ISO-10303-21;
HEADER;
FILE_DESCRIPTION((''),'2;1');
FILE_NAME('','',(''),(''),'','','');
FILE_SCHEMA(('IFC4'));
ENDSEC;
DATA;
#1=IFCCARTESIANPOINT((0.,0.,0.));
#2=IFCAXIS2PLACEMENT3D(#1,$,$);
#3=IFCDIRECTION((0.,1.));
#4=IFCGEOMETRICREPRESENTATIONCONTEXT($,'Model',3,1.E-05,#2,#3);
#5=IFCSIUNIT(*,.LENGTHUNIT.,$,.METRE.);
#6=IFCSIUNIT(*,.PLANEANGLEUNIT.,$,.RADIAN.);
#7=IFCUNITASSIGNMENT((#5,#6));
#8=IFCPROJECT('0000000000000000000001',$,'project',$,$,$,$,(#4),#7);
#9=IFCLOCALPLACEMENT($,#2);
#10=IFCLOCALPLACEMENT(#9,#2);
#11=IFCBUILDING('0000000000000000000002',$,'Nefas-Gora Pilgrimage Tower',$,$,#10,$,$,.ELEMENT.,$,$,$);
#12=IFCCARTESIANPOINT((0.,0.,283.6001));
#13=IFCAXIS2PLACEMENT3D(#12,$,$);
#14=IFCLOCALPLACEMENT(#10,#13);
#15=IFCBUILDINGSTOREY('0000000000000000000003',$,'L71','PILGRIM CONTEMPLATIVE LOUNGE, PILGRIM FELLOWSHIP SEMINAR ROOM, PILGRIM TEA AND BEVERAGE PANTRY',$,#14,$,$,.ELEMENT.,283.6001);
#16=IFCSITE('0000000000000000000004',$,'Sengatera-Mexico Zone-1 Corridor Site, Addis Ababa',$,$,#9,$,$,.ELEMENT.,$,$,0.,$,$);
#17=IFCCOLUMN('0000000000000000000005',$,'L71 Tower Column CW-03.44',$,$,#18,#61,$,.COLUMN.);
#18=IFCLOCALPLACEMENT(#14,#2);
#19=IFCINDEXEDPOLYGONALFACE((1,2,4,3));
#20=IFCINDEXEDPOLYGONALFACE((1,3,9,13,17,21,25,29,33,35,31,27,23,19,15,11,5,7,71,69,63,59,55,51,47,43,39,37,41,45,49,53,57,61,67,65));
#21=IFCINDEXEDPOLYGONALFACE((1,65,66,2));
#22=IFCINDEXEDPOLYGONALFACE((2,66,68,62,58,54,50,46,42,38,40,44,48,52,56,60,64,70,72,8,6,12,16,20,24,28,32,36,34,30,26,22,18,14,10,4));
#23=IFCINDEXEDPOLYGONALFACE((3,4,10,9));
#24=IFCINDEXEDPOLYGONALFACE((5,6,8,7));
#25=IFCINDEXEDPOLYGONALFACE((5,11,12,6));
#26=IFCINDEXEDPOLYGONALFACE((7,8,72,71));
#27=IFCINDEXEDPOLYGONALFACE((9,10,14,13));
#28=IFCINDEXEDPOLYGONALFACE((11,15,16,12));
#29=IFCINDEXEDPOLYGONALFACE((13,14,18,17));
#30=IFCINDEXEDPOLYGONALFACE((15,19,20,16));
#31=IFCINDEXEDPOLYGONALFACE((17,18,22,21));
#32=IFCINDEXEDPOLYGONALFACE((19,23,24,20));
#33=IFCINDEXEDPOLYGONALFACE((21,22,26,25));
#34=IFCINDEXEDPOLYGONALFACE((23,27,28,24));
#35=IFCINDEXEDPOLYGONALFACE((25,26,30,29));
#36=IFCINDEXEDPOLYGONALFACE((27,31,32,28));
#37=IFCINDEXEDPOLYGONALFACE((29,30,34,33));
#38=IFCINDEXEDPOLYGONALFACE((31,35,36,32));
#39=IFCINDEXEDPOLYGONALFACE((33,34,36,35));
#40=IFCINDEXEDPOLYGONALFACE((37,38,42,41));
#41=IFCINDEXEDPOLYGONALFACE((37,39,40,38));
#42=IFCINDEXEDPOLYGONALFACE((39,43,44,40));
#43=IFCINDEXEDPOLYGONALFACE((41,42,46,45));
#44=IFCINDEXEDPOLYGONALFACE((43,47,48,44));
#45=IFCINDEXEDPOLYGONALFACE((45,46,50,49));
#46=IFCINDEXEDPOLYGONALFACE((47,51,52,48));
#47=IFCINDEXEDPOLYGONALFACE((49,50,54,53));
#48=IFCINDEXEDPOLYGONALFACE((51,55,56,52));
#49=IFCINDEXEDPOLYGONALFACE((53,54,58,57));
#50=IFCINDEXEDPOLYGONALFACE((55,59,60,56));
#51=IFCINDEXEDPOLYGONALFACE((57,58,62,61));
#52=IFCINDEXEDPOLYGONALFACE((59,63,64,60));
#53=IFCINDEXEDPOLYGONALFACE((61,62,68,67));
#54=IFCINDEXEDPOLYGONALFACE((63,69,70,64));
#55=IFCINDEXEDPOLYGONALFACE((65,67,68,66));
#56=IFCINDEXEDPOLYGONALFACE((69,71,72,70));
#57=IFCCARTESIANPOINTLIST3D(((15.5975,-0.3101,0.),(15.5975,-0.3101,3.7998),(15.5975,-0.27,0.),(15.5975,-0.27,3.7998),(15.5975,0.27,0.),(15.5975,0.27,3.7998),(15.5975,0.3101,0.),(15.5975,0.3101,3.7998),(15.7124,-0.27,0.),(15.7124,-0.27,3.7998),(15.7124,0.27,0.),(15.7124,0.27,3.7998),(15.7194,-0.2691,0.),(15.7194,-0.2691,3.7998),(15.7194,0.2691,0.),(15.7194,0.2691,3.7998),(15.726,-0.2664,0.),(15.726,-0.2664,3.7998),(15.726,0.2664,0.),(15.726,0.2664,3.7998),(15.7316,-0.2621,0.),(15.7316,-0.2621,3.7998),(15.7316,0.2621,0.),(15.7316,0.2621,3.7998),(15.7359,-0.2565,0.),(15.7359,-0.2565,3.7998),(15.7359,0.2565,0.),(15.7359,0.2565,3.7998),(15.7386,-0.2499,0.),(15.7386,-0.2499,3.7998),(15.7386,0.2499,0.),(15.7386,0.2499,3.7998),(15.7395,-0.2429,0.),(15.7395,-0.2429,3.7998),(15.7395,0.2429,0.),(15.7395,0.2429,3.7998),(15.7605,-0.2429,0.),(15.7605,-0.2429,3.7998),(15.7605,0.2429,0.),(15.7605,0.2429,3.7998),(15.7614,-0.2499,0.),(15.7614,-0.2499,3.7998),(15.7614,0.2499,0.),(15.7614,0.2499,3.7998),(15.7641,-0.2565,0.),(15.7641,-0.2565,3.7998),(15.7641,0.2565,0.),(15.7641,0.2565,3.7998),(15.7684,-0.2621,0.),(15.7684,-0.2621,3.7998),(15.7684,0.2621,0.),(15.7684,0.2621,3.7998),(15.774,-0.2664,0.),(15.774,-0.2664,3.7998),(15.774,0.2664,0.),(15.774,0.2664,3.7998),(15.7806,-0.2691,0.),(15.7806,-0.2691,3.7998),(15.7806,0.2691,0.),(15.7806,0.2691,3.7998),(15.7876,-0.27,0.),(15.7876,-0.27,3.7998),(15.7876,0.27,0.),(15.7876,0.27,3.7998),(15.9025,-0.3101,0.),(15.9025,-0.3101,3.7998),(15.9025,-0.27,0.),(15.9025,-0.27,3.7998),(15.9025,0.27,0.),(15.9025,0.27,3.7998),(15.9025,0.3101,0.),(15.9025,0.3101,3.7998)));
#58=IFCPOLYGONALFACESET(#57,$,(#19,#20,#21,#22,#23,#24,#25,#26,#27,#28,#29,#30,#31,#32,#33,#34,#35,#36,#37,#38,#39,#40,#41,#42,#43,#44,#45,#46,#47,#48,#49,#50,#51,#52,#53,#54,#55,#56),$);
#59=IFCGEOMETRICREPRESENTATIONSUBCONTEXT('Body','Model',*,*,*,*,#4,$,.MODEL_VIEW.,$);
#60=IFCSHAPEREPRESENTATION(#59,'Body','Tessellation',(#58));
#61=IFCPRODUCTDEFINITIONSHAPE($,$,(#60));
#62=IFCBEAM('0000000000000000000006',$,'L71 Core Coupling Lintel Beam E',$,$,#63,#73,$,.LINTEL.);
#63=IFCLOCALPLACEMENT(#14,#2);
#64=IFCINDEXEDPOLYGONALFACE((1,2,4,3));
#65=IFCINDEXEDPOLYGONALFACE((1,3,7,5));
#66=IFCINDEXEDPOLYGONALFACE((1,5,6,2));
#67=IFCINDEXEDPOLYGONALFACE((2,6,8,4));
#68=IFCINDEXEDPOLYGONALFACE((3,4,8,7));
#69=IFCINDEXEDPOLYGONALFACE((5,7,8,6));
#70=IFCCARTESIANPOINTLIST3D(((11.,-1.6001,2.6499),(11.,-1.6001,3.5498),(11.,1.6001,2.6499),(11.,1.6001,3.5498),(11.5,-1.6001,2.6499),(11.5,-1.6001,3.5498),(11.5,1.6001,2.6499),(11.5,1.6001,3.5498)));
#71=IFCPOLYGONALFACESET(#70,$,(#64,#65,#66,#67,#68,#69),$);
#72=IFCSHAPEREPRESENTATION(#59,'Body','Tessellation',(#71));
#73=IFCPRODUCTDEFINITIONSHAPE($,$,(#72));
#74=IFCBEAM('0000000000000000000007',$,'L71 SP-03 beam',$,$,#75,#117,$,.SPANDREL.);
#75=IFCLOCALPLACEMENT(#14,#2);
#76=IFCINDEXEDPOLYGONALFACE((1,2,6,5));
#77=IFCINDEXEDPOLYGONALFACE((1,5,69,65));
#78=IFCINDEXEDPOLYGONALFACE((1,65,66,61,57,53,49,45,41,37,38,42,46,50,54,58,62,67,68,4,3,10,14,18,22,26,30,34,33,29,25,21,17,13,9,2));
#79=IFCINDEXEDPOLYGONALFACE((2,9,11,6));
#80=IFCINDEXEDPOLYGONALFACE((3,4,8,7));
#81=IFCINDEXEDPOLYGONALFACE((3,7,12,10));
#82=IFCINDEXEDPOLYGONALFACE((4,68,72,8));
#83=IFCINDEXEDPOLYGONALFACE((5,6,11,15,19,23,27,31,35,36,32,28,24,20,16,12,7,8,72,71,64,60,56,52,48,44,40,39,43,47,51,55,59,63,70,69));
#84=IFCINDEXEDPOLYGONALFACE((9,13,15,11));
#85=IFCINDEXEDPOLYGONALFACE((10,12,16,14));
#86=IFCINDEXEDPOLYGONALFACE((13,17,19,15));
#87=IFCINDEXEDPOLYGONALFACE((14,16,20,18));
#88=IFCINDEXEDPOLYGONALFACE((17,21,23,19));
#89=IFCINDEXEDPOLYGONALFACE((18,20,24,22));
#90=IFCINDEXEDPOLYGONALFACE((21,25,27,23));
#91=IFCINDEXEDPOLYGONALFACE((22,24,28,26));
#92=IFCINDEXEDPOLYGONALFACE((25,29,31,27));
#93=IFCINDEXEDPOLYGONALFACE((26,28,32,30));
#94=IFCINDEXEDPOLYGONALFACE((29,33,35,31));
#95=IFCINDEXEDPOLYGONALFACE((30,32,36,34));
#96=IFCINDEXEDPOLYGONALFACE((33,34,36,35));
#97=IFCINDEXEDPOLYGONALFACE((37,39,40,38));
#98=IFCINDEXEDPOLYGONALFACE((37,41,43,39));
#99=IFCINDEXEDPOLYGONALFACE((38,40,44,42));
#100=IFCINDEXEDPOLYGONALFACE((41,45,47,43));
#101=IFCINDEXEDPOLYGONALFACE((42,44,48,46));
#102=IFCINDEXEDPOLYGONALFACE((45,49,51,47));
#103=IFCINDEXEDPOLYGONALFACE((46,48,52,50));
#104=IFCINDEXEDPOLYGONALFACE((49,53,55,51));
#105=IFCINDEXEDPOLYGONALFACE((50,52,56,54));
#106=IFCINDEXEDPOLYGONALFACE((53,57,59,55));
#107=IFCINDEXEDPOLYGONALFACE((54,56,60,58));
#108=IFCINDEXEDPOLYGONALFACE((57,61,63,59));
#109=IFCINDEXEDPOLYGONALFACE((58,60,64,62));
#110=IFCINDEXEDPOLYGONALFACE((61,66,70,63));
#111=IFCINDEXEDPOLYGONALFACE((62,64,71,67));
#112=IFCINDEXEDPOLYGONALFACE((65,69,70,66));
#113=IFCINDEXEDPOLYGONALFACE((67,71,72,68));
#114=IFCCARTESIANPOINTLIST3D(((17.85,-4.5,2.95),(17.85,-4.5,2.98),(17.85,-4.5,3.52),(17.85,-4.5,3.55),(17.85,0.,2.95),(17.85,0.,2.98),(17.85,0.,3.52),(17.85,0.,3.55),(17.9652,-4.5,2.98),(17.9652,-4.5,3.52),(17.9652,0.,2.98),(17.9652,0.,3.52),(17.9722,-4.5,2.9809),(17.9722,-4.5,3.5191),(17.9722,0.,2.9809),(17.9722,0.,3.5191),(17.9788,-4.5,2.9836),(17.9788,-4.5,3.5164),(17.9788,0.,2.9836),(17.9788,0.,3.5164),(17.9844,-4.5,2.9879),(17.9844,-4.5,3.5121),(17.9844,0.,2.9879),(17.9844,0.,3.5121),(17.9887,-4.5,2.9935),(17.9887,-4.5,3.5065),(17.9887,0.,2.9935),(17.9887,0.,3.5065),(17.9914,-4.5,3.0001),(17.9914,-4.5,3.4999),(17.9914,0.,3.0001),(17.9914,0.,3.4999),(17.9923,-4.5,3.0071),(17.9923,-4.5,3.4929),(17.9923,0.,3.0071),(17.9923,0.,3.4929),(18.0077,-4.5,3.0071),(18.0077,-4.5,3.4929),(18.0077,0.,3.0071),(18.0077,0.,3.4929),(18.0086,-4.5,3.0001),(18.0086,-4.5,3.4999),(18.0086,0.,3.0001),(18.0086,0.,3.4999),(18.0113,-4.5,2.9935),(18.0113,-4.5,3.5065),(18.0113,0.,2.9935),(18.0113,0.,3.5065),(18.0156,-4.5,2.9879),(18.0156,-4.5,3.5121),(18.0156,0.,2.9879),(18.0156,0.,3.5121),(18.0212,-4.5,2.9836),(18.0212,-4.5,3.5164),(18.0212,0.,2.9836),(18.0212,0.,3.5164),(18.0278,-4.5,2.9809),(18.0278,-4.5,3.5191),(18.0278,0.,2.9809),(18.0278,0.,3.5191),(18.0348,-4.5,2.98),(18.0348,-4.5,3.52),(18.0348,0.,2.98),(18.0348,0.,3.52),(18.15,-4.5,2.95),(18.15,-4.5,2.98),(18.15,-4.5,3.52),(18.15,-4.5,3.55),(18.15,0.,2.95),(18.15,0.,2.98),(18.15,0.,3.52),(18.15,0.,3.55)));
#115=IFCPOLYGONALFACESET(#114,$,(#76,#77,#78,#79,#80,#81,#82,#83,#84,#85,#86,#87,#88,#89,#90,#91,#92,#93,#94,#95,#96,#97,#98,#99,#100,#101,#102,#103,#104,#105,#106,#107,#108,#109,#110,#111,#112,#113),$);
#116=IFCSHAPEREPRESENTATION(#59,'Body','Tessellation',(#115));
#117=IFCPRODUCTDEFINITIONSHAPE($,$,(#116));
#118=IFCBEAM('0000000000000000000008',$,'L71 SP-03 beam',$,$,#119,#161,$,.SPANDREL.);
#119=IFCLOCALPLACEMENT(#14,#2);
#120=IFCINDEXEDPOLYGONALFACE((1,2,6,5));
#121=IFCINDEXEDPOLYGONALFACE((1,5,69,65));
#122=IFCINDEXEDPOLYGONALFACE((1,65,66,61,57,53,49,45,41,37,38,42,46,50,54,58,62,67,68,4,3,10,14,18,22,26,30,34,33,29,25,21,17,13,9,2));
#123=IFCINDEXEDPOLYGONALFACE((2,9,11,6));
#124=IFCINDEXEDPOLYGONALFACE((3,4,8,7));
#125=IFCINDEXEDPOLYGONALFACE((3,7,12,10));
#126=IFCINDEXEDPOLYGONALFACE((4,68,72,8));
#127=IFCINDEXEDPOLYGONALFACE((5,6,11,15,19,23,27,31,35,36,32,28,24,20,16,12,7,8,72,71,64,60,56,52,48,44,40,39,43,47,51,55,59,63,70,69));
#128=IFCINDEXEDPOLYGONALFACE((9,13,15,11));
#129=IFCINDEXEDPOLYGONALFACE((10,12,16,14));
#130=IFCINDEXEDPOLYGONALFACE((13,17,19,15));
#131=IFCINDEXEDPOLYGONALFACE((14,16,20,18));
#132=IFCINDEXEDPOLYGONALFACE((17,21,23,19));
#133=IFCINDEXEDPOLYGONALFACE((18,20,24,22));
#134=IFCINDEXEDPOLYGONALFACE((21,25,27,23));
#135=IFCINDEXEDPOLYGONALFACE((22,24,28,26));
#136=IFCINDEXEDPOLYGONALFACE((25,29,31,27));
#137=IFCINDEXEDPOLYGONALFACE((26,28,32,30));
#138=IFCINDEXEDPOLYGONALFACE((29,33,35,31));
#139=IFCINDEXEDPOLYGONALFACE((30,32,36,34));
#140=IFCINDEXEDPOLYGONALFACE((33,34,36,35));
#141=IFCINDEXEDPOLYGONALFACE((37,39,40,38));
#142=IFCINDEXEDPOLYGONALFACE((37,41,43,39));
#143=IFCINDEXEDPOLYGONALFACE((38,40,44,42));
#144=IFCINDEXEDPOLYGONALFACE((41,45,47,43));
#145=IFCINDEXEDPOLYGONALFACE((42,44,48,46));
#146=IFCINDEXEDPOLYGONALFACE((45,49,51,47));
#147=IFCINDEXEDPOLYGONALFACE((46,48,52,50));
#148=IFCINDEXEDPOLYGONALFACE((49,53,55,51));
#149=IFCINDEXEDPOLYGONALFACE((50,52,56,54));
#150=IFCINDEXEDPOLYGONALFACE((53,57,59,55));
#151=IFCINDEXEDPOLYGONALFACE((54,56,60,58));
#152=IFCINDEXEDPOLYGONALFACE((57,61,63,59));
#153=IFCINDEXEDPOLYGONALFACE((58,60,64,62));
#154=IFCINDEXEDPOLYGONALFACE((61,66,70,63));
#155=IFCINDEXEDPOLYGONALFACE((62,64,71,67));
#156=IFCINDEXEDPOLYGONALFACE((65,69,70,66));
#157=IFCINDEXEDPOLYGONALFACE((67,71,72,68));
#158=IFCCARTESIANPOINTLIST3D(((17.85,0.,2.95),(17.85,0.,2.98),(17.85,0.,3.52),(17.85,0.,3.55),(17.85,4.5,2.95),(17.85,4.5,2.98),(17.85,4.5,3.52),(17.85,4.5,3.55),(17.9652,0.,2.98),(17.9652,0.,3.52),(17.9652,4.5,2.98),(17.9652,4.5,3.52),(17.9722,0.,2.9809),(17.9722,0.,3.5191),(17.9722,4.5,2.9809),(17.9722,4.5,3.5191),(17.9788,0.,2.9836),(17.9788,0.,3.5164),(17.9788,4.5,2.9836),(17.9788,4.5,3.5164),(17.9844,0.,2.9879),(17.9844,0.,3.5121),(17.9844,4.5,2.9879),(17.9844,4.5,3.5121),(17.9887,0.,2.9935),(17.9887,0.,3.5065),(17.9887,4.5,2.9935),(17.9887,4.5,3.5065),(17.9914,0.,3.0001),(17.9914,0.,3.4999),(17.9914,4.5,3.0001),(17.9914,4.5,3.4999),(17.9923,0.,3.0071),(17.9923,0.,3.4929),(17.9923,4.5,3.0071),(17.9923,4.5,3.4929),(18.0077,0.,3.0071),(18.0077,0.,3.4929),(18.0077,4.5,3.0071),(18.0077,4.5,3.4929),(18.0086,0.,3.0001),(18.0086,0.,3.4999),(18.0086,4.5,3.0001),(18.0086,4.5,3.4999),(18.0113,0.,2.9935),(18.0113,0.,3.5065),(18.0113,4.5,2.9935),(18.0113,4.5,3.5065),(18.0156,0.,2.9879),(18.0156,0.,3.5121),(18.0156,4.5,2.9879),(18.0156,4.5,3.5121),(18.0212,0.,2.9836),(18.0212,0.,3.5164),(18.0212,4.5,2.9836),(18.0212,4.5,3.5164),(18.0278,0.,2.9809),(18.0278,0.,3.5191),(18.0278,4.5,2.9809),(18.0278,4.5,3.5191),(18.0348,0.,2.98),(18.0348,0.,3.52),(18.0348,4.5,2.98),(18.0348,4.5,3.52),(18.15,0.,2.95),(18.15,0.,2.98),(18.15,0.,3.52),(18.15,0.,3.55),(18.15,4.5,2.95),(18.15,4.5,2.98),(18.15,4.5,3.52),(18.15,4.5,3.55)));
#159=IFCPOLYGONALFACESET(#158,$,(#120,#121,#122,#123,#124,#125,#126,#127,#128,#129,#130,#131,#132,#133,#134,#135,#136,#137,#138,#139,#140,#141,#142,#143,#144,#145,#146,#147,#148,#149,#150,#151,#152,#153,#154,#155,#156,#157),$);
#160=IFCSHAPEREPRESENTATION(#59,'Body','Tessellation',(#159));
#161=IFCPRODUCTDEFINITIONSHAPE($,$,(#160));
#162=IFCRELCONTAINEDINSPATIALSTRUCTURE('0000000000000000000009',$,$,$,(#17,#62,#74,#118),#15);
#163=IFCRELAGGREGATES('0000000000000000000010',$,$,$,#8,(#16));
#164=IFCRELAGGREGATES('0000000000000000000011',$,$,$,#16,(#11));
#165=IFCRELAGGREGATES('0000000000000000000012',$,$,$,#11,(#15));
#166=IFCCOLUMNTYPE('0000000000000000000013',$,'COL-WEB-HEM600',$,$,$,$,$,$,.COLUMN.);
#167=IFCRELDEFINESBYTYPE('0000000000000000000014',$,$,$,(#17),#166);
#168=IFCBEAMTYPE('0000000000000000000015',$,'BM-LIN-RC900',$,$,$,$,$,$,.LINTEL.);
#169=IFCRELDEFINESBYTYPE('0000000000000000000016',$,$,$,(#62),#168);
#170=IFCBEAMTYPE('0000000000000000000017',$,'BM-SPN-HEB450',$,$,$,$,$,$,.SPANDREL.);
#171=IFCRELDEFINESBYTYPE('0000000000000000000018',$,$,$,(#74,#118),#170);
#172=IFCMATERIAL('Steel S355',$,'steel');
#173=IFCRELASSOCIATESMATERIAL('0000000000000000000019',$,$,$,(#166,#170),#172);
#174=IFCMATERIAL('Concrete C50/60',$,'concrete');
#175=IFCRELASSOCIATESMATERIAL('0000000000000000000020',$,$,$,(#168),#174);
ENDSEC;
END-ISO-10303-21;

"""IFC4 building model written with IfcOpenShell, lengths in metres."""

from ifc_helpers import new_model, si_unit, direction, frame, origin, origin_2d, place, context, subcontext, project, spatial, rectangle, i_section, extrude, source, transform, mapped, material, material_profile, profile_set, type_object, element, save


model = new_model("IFC4")

# Units and contexts
model_context = context("Model", 3, precision=1e-05, world=origin(), true_north=direction((0.0, 1.0)))
body_context = subcontext(model_context, "Body", "Model", "MODEL_VIEW")
ifc_project = project(units=[si_unit("LENGTHUNIT", "METRE"), si_unit("PLANEANGLEUNIT", "RADIAN")], contexts=[model_context])

# Site, building, storey
site_placement = place(None, origin())
site = spatial("IfcSite", under=ifc_project, at=site_placement, Name="Sengatera-Mexico Zone-1 Corridor Site, Addis Ababa", CompositionType="ELEMENT", RefElevation=0.0)
building_placement = place(site_placement, origin())
building = spatial("IfcBuilding", under=site, at=building_placement, Name="Nefas-Gora Pilgrimage Tower", CompositionType="ELEMENT")
storey_placement = place(building_placement, frame((0.0, 0.0, 283.6001)))
storey = spatial("IfcBuildingStorey", under=building, at=storey_placement, Name="L71", Description="PILGRIM CONTEMPLATIVE LOUNGE, PILGRIM FELLOWSHIP SEMINAR ROOM, PILGRIM TEA AND BEVERAGE PANTRY", CompositionType="ELEMENT", Elevation=283.6001)

# Column
ifc_material_1 = material(Name="Steel S355", Category="steel")
ifc_material_profile_1 = material_profile(ifc_material_1, i_section(OverallWidth=0.3049, OverallDepth=0.6201, WebThickness=0.021, FlangeThickness=0.04, FilletRadius=0.0271, at=origin_2d()), Name="HEM 600")
ifc_profile_set_1 = profile_set([ifc_material_profile_1], Name="Steel S355")
column_type_1 = type_object("IfcColumnType", Name="COL-WEB-HEM600", PredefinedType="COLUMN", material=ifc_profile_set_1)
shared_shape_1 = source(origin(), body_context, "Body", "SweptSolid", [
    extrude(i_section(OverallWidth=0.3049, OverallDepth=0.6201, WebThickness=0.021, FlangeThickness=0.04, FilletRadius=0.0271, at=origin_2d()), origin(), (0.0, 0.0, 1.0), 3.7998),
])
for number, where, z_axis, x_axis, name in (
    (1, (15.75, 0.0, 0.0), (0.0, 0.0, 1.0), (1.0, 0.0, 0.0), "L71 Tower Column CW-03.44"),
):
    element("IfcColumn", number, at=place(storey_placement, frame(where, z_axis=z_axis, x_axis=x_axis)), inside=storey, type_object=column_type_1, Name=name, PredefinedType="COLUMN", context=body_context, shape_type="MappedRepresentation", body=[
        mapped(shared_shape_1, transform((0.0, 0.0, 0.0), x_axis=(1.0, 0.0, 0.0), y_axis=(0.0, 1.0, 0.0), z_axis=(0.0, 0.0, 1.0), scale=1.0)),
    ])

# Beams
ifc_material_2 = material(Name="Concrete C50/60", Category="concrete")
ifc_material_profile_2 = material_profile(ifc_material_2, rectangle(XDim=0.5, YDim=0.8999, at=origin_2d()), Name="RC 500x900")
ifc_profile_set_2 = profile_set([ifc_material_profile_2], Name="Concrete C50/60")
beam_type_1 = type_object("IfcBeamType", Name="BM-LIN-RC900", PredefinedType="LINTEL", material=ifc_profile_set_2)
shared_shape_2 = source(origin(), body_context, "Body", "SweptSolid", [
    extrude(rectangle(XDim=0.5, YDim=0.8999, at=origin_2d()), origin(), (0.0, 0.0, 1.0), 3.2002),
])
beam_placement = place(storey_placement, frame((11.25, -1.6001, 3.0999), z_axis=(0.0, 1.0, 0.0), x_axis=(-1.0, 0.0, 0.0)))
element("IfcBeam", 2, at=beam_placement, inside=storey, type_object=beam_type_1, Name="L71 Core Coupling Lintel Beam E", PredefinedType="LINTEL", context=body_context, shape_type="MappedRepresentation", body=[
    mapped(shared_shape_2, transform((0.0, 0.0, 0.0), x_axis=(1.0, 0.0, 0.0), y_axis=(0.0, 1.0, 0.0), z_axis=(0.0, 0.0, 1.0), scale=1.0)),
])
ifc_material_profile_3 = material_profile(ifc_material_1, i_section(OverallWidth=0.3, OverallDepth=0.6001, WebThickness=0.0154, FlangeThickness=0.03, FilletRadius=0.0271, at=origin_2d()), Name="HEB 600")
ifc_profile_set_3 = profile_set([ifc_material_profile_3], Name="Steel S355")
beam_type_2 = type_object("IfcBeamType", Name="BM-SPN-HEB450", PredefinedType="SPANDREL", material=ifc_profile_set_3)
shared_shape_3 = source(origin(), body_context, "Body", "SweptSolid", [
    extrude(i_section(OverallWidth=0.3, OverallDepth=0.6001, WebThickness=0.0154, FlangeThickness=0.03, FilletRadius=0.0271, at=origin_2d()), origin(), (0.0, 0.0, 1.0), 4.5),
])
for number, where, z_axis, x_axis, name in (
    (3, (18.0, -4.5, 3.25), (0.0, 1.0, 0.0), (-1.0, 0.0, 0.0), "L71 SP-03 beam"),
    (4, (18.0, 0.0, 3.25), (0.0, 1.0, 0.0), (-1.0, 0.0, 0.0), "L71 SP-03 beam"),
):
    element("IfcBeam", number, at=place(storey_placement, frame(where, z_axis=z_axis, x_axis=x_axis)), inside=storey, type_object=beam_type_2, Name=name, PredefinedType="SPANDREL", context=body_context, shape_type="MappedRepresentation", body=[
        mapped(shared_shape_3, transform((0.0, 0.0, 0.0), x_axis=(1.0, 0.0, 0.0), y_axis=(0.0, 1.0, 0.0), z_axis=(0.0, 0.0, 1.0), scale=1.0)),
    ])

save(model, "model.ifc")
